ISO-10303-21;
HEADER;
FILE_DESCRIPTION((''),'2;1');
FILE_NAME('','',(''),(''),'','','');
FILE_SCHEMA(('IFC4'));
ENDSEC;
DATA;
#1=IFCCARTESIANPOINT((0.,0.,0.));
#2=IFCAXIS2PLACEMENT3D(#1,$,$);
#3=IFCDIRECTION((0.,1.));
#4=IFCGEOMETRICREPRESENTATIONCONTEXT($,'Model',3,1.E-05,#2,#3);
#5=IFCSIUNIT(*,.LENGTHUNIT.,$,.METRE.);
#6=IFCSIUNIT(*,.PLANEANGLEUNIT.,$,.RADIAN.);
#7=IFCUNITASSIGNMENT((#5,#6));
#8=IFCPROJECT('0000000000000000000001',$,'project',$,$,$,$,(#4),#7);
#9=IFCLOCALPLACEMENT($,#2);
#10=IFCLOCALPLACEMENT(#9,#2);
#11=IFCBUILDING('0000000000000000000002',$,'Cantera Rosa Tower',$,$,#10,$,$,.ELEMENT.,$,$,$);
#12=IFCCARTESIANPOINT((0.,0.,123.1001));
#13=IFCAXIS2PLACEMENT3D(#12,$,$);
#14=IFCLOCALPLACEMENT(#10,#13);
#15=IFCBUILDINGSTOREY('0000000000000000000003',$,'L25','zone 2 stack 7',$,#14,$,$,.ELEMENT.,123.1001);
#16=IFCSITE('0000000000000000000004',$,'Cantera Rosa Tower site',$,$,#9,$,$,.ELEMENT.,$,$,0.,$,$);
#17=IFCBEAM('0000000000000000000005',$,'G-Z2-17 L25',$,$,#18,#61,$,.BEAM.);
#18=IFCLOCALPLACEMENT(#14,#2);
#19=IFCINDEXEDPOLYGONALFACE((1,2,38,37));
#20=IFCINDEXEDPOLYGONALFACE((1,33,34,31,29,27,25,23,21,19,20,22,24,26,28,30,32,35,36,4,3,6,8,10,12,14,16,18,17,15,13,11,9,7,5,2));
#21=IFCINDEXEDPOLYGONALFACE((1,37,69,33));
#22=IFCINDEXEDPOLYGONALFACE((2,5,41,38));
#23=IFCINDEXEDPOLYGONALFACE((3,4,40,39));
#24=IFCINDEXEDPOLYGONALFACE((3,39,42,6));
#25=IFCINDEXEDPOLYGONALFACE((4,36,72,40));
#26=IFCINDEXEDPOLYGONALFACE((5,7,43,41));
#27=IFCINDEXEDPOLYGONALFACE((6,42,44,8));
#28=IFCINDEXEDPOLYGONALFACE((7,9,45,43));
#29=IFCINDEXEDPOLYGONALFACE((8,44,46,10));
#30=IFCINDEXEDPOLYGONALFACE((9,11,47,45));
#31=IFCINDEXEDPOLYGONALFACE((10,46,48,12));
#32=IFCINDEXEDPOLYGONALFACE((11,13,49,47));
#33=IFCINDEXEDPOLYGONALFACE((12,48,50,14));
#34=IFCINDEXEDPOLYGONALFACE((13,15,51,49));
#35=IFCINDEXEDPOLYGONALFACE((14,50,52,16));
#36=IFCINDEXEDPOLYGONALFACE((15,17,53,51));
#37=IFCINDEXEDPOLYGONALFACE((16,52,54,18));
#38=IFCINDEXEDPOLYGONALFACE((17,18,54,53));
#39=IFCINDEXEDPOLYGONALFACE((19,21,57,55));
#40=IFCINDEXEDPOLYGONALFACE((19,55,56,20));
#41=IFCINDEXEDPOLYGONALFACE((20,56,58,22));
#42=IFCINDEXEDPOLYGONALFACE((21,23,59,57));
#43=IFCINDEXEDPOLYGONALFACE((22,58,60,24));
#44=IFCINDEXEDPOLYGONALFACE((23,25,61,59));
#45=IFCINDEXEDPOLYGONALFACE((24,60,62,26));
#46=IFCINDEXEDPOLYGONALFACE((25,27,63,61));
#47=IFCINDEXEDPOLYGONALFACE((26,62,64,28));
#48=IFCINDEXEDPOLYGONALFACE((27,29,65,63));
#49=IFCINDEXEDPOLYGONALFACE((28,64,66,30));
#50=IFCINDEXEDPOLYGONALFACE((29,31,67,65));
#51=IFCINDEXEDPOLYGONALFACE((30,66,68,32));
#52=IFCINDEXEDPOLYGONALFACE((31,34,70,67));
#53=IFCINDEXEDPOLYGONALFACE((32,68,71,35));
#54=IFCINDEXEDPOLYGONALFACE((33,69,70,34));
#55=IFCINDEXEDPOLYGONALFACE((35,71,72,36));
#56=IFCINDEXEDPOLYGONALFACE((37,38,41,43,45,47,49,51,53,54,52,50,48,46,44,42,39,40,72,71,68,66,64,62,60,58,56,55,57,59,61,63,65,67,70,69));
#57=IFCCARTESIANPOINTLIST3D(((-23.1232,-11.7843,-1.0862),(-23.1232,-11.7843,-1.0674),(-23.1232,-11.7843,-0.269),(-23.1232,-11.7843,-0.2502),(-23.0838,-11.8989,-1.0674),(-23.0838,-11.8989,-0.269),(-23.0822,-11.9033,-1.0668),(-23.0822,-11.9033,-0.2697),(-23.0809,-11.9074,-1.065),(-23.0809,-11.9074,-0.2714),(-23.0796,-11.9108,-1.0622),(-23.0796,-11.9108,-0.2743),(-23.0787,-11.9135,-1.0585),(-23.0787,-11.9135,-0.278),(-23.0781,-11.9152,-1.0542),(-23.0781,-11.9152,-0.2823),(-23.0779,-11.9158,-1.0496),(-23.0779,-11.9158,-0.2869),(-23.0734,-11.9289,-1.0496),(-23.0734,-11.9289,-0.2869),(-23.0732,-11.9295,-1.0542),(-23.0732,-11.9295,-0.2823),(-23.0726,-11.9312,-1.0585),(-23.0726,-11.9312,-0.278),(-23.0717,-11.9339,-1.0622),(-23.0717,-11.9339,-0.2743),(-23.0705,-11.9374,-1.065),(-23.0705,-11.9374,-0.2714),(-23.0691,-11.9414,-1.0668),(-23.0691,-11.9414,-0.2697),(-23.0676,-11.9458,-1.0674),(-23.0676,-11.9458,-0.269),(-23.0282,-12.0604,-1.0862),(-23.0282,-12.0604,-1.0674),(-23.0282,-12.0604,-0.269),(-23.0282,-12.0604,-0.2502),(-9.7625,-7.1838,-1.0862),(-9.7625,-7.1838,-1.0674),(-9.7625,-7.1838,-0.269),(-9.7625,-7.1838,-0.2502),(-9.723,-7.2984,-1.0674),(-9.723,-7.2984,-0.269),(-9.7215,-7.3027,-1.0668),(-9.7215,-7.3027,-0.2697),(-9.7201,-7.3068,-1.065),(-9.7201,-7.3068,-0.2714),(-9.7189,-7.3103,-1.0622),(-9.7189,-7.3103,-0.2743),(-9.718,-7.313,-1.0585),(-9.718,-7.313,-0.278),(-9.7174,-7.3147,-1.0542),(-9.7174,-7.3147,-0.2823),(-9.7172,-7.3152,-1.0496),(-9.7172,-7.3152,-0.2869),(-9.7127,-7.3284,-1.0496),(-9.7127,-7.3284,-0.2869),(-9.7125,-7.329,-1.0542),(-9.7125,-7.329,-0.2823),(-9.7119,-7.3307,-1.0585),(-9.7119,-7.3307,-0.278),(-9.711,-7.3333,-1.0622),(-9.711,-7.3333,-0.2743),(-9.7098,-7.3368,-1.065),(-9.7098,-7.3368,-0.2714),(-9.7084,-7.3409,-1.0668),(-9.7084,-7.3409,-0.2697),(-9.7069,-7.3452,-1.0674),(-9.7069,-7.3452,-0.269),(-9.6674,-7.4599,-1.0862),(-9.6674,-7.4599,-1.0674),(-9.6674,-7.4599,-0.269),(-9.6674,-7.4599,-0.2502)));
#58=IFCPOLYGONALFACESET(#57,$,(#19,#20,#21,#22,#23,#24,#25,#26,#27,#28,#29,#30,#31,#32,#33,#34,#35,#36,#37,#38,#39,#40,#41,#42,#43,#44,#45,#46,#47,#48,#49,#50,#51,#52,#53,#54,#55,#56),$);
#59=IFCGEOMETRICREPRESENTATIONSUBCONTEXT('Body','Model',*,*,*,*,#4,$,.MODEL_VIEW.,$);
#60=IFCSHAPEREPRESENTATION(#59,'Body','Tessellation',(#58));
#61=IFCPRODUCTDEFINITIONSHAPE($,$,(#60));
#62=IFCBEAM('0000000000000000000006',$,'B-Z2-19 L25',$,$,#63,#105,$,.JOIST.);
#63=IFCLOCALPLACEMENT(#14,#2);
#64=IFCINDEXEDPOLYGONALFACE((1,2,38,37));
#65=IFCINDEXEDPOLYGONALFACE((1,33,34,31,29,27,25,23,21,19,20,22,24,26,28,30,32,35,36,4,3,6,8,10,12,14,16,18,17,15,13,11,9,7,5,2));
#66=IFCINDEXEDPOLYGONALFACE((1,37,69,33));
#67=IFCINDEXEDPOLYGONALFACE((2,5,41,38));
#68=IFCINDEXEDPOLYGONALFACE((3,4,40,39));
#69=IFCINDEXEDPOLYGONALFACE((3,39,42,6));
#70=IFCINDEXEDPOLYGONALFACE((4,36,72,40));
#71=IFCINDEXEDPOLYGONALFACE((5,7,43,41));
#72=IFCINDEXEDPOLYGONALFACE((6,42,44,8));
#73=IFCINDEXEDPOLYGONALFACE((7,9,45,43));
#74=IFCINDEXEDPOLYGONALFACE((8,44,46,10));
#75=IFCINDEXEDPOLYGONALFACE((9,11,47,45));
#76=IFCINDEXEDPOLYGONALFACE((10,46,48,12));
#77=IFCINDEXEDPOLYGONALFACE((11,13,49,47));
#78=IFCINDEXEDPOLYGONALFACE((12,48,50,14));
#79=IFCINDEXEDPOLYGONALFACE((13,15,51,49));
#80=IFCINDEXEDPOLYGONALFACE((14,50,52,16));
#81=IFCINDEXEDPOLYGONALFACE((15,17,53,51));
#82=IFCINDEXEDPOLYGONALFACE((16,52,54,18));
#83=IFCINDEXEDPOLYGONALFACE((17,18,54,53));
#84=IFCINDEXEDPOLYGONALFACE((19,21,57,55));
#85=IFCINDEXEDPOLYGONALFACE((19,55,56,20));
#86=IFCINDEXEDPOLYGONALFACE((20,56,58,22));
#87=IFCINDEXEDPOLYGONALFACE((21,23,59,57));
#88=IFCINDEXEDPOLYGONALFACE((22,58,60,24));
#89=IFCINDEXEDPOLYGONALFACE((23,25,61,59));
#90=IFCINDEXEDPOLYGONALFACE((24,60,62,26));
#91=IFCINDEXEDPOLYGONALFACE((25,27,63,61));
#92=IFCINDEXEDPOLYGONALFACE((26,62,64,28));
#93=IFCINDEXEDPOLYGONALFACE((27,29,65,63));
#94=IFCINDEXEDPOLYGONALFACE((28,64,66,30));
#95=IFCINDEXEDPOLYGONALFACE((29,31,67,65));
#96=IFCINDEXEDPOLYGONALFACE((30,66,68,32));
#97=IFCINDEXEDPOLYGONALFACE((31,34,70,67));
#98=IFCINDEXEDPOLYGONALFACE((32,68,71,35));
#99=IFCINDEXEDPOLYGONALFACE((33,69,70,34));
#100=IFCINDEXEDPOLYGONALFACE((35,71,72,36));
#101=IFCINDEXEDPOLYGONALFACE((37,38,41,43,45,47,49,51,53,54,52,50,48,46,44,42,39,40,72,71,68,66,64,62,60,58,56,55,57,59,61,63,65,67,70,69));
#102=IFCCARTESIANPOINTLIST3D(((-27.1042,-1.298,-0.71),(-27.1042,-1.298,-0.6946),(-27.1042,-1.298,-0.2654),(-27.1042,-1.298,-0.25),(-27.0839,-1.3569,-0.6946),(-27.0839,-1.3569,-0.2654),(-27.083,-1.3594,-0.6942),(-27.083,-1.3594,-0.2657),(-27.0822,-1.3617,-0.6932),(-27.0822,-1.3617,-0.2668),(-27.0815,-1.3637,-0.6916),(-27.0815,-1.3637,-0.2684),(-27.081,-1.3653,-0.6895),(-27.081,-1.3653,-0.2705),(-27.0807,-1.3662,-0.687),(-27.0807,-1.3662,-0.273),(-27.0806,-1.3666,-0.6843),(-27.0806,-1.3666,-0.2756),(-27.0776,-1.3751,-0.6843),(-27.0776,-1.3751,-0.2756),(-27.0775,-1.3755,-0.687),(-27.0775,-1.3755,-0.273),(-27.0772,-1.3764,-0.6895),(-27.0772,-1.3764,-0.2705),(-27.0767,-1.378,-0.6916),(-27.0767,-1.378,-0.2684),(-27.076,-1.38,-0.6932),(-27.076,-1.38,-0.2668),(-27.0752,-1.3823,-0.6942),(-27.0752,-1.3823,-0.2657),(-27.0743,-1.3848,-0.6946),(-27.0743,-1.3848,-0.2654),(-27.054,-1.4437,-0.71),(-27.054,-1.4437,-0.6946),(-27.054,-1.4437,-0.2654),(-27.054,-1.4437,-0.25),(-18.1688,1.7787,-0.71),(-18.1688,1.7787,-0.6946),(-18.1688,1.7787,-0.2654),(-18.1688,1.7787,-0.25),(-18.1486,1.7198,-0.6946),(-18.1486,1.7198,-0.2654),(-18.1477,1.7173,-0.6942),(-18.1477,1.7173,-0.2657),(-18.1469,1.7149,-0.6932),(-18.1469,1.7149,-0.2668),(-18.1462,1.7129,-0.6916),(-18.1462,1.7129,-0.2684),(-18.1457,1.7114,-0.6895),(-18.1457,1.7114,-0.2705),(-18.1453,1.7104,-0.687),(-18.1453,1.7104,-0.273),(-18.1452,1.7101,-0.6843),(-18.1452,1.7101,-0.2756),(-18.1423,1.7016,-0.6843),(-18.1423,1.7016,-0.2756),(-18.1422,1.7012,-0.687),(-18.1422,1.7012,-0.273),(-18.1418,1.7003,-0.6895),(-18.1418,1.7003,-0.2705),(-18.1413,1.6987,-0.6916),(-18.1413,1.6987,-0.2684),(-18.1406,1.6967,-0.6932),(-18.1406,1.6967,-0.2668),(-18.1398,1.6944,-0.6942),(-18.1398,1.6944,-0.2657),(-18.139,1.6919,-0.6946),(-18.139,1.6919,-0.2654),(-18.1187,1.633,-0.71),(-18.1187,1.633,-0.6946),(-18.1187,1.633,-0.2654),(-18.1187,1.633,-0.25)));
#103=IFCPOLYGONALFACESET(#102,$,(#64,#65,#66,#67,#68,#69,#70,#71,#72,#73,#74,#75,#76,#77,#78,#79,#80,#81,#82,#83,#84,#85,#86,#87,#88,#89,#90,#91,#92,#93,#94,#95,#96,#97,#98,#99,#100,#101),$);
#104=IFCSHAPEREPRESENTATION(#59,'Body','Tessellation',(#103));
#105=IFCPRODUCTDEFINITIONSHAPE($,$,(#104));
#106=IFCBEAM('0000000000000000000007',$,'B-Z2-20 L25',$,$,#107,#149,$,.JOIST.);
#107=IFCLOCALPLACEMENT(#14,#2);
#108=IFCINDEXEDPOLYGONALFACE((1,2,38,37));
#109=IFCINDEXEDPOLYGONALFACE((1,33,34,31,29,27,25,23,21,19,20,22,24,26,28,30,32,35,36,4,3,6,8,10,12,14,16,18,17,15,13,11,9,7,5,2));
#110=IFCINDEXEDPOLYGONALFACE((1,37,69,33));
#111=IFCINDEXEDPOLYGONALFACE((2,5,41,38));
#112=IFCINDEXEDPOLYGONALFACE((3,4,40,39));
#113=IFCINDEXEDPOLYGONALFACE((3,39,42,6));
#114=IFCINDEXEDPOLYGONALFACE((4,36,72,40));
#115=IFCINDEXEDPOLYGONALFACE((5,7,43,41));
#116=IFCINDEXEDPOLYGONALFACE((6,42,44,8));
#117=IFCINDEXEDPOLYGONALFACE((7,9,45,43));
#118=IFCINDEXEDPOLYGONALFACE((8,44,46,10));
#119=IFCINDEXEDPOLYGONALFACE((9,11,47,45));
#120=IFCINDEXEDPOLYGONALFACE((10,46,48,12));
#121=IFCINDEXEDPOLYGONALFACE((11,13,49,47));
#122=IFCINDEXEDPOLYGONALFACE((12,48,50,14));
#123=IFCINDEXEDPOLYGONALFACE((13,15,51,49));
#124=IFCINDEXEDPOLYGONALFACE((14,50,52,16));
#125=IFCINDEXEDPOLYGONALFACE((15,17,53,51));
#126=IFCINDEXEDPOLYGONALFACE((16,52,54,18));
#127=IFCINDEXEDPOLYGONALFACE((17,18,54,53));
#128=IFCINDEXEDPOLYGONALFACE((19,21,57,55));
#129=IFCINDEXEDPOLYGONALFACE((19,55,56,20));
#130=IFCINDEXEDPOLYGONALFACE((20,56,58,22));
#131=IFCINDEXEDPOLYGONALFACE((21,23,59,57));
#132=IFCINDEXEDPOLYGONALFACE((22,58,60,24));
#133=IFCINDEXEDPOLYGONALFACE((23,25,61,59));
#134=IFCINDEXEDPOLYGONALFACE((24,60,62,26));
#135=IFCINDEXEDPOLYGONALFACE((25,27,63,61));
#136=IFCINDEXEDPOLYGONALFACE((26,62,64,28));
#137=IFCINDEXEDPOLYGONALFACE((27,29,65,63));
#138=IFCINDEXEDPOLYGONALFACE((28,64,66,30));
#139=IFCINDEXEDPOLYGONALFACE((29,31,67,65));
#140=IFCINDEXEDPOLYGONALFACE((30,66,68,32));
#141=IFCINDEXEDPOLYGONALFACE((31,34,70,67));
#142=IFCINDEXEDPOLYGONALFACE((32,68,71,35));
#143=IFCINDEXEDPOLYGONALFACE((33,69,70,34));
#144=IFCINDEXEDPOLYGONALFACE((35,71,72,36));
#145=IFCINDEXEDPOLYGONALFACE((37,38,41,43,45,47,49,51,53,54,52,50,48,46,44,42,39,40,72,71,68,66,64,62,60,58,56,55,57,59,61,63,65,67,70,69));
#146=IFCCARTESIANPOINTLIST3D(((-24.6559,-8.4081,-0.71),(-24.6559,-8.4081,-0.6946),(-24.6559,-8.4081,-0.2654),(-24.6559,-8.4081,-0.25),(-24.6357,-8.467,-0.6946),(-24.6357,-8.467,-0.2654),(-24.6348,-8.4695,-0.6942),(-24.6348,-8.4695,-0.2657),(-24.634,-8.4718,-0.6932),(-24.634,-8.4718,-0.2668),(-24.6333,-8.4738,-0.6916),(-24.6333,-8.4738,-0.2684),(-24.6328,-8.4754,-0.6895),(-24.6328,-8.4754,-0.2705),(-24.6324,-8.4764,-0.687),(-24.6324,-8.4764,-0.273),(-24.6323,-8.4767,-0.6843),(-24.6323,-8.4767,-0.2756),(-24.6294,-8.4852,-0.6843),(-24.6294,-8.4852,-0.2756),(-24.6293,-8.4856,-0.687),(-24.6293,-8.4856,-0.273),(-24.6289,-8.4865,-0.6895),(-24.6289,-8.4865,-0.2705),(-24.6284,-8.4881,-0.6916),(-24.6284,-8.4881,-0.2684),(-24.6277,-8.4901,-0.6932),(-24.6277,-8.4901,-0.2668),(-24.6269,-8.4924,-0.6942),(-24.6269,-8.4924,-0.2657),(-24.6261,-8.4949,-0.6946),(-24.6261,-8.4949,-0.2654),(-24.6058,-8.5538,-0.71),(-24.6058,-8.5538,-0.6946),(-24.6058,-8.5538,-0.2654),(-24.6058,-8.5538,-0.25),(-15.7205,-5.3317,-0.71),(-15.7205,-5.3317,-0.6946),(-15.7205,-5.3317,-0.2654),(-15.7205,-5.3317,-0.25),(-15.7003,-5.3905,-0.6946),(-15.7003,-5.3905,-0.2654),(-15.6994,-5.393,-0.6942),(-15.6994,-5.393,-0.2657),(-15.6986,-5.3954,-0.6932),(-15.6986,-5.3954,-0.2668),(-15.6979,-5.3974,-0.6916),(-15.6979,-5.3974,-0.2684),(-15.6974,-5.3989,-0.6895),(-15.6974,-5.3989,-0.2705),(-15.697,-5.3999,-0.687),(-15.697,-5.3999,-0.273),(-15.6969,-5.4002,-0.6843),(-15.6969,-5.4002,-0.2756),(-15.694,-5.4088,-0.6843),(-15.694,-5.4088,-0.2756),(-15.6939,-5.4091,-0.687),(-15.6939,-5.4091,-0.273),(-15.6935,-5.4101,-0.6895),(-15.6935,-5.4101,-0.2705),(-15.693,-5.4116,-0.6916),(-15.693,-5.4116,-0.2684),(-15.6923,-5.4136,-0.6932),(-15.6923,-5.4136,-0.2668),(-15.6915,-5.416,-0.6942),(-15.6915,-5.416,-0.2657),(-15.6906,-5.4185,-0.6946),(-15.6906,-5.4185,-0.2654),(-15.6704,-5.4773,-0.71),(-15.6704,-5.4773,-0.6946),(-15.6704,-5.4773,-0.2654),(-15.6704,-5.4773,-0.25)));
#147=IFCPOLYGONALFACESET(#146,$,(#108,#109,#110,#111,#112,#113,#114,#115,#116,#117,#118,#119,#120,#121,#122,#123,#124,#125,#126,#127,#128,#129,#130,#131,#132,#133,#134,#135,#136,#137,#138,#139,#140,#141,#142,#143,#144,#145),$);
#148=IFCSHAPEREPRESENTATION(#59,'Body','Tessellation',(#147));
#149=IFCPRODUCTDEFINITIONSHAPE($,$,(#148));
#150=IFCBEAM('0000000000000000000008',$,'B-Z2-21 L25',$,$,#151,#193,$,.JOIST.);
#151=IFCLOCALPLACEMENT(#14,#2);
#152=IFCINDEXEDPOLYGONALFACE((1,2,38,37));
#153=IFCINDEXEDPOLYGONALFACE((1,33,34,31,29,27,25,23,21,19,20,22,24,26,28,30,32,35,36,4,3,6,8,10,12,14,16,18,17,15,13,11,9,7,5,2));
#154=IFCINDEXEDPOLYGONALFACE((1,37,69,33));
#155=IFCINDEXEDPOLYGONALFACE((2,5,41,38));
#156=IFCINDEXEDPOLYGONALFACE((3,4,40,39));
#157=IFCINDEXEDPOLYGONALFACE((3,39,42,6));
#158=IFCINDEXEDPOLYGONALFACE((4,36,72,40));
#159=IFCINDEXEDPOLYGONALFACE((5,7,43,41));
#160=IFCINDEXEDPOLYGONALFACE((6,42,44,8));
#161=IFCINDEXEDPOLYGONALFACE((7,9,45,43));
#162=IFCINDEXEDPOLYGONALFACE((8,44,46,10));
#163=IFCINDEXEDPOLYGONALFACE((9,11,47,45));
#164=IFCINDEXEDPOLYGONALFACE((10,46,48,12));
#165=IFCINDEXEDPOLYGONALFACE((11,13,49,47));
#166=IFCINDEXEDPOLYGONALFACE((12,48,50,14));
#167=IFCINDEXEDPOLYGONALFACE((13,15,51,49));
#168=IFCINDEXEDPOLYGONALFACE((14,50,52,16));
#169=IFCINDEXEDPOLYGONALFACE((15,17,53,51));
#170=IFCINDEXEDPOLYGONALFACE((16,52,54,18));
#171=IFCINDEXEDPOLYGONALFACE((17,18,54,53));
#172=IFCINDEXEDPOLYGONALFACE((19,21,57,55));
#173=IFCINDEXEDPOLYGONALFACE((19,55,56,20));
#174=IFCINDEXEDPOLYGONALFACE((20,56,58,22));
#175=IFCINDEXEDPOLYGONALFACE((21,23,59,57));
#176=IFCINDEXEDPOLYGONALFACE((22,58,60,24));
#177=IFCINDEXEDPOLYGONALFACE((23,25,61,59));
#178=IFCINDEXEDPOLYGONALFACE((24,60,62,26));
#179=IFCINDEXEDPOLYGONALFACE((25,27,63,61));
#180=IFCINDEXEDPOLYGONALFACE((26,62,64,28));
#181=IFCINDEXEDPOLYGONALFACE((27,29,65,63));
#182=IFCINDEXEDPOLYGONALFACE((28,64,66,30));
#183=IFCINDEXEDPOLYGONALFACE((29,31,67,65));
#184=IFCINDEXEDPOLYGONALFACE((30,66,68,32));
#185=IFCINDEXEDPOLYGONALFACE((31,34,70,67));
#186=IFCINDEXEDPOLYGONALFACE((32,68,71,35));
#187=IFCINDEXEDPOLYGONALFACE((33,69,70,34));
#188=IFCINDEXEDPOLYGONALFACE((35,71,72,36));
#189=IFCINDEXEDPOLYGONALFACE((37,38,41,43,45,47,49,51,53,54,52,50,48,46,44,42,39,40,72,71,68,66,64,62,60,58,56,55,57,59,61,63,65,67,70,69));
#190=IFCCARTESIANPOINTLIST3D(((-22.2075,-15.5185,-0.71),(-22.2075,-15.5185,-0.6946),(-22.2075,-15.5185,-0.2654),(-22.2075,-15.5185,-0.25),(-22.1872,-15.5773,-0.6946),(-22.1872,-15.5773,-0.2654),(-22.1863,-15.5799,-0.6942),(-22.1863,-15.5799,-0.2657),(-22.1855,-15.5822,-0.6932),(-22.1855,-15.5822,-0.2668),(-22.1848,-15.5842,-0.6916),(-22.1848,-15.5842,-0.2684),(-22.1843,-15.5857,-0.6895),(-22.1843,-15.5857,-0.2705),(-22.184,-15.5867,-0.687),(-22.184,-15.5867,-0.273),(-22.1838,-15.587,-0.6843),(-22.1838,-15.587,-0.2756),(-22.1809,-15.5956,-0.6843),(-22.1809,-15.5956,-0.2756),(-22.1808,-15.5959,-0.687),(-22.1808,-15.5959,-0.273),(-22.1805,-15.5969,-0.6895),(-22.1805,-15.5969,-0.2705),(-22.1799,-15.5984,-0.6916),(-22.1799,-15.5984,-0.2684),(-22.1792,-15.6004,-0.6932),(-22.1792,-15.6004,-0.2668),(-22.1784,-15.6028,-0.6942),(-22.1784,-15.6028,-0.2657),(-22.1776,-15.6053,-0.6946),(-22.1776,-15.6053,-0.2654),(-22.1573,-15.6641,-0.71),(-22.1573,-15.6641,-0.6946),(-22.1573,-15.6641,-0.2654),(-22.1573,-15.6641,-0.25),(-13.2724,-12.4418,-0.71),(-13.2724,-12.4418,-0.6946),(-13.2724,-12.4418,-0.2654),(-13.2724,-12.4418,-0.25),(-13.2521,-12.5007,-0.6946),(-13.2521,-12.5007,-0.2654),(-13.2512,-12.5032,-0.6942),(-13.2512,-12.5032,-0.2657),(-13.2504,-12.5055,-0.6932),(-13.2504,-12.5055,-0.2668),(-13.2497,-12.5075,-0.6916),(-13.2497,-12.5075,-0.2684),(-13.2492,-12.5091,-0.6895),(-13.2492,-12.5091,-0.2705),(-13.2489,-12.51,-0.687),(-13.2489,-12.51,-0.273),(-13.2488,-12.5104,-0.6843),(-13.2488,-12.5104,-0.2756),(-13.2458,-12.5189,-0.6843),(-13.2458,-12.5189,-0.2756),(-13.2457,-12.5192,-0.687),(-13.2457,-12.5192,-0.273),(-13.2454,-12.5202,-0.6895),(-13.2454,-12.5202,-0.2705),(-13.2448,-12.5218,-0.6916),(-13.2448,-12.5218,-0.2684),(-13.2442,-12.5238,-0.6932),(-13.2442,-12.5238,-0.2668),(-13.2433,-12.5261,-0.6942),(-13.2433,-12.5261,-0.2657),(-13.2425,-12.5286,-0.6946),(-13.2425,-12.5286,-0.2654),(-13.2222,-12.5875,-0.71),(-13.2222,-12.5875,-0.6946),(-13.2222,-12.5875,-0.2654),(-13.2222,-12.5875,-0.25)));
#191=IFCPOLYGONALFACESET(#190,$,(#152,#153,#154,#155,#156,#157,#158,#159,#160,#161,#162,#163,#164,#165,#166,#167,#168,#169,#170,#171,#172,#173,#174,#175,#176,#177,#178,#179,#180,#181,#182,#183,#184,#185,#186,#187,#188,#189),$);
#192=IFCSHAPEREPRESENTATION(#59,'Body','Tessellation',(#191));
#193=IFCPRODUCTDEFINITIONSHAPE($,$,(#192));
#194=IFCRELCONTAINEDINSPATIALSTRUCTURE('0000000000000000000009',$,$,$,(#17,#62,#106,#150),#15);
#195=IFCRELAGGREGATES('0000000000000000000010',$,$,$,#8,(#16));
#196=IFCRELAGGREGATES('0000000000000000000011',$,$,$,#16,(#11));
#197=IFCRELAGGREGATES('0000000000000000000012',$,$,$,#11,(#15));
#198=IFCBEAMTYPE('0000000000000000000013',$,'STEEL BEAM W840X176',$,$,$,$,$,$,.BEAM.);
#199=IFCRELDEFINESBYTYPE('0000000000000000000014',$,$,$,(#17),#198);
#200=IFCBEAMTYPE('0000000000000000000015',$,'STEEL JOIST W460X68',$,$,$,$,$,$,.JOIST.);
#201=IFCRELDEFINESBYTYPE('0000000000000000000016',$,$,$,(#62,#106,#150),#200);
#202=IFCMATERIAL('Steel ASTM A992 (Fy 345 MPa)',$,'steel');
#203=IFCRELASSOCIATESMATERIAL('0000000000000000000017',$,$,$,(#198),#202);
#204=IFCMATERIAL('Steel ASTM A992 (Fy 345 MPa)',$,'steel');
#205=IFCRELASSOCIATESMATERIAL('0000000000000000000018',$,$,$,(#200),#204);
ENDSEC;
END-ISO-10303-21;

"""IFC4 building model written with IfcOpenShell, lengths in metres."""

from ifc_helpers import new_model, si_unit, direction, frame, origin, origin_2d, place, context, subcontext, project, spatial, i_section, extrude, material, material_profile, profile_set, type_object, element, save


model = new_model("IFC4")

# Units and contexts
model_context = context("Model", 3, precision=1e-05, world=origin(), true_north=direction((0.0, 1.0)))
body_context = subcontext(model_context, "Body", "Model", "MODEL_VIEW")
ifc_project = project(units=[si_unit("LENGTHUNIT", "METRE"), si_unit("PLANEANGLEUNIT", "RADIAN")], contexts=[model_context])

# Site, building, storey
site_placement = place(None, origin())
site = spatial("IfcSite", under=ifc_project, at=site_placement, Name="Cantera Rosa Tower site", CompositionType="ELEMENT", RefElevation=0.0)
building_placement = place(site_placement, origin())
building = spatial("IfcBuilding", under=site, at=building_placement, Name="Cantera Rosa Tower", CompositionType="ELEMENT")
storey_placement = place(building_placement, frame((0.0, 0.0, 123.1001)))
storey = spatial("IfcBuildingStorey", under=building, at=storey_placement, Name="L25", Description="zone 2 stack 7", CompositionType="ELEMENT", Elevation=123.1001)

# Beams
ifc_material_1 = material(Name="Steel ASTM A992 (Fy 345 MPa)", Category="steel")
ifc_material_profile_1 = material_profile(ifc_material_1, i_section(OverallWidth=0.292, OverallDepth=0.8359, WebThickness=0.0139, FlangeThickness=0.0188, FilletRadius=0.0178, at=origin_2d()), Name="W840X176")
ifc_profile_set_1 = profile_set([ifc_material_profile_1], Name="Steel ASTM A992 (Fy 345 MPa)")
beam_type_1 = type_object("IfcBeamType", Name="STEEL BEAM W840X176", PredefinedType="BEAM", material=ifc_profile_set_1)
beam_1_placement = place(storey_placement, frame((-23.0757, -11.9224, -0.6682), z_axis=(0.945517, 0.325573, 0.0), x_axis=(-0.325573, 0.945517, 0.0)))
element("IfcBeam", 1, at=beam_1_placement, inside=storey, type_object=beam_type_1, Name="G-Z2-17 L25", PredefinedType="BEAM", context=body_context, shape_type="SweptSolid", body=[
    extrude(i_section(OverallWidth=0.292, OverallDepth=0.8359, WebThickness=0.0139, FlangeThickness=0.0188, FilletRadius=0.0178, at=origin_2d()), origin(), (0.0, 0.0, 1.0), 14.1306),
])
ifc_material_2 = material(Name="Steel ASTM A992 (Fy 345 MPa)", Category="steel")
ifc_material_profile_2 = material_profile(ifc_material_2, i_section(OverallWidth=0.1541, OverallDepth=0.46, WebThickness=0.009, FlangeThickness=0.0154, FilletRadius=0.0103, at=origin_2d()), Name="W460X68")
ifc_profile_set_2 = profile_set([ifc_material_profile_2], Name="Steel ASTM A992 (Fy 345 MPa)")
beam_type_2 = type_object("IfcBeamType", Name="STEEL JOIST W460X68", PredefinedType="JOIST", material=ifc_profile_set_2)
for number, where, z_axis, x_axis, name in (
    (2, (-27.0791, -1.3708, -0.48), (0.945519, 0.325567, 0.0), (-0.325567, 0.945519, 0.0), "B-Z2-19 L25"),
    (3, (-24.6309, -8.481, -0.48), (0.945527, 0.325544, 0.0), (-0.325544, 0.945527, 0.0), "B-Z2-20 L25"),
):
    element("IfcBeam", number, at=place(storey_placement, frame(where, z_axis=z_axis, x_axis=x_axis)), inside=storey, type_object=beam_type_2, Name=name, PredefinedType="JOIST", context=body_context, shape_type="SweptSolid", body=[
        extrude(i_section(OverallWidth=0.1541, OverallDepth=0.46, WebThickness=0.009, FlangeThickness=0.0154, FilletRadius=0.0103, at=origin_2d()), origin(), (0.0, 0.0, 1.0), 9.4502),
    ])
beam_2_placement = place(storey_placement, frame((-22.1824, -15.5913, -0.48), z_axis=(0.945516, 0.325575, 0.0), x_axis=(-0.325575, 0.945516, 0.0)))
element("IfcBeam", 4, at=beam_2_placement, inside=storey, type_object=beam_type_2, Name="B-Z2-21 L25", PredefinedType="JOIST", context=body_context, shape_type="SweptSolid", body=[
    extrude(i_section(OverallWidth=0.1541, OverallDepth=0.46, WebThickness=0.009, FlangeThickness=0.0154, FilletRadius=0.0103, at=origin_2d()), origin(), (0.0, 0.0, 1.0), 9.45),
])

save(model, "model.ifc")
